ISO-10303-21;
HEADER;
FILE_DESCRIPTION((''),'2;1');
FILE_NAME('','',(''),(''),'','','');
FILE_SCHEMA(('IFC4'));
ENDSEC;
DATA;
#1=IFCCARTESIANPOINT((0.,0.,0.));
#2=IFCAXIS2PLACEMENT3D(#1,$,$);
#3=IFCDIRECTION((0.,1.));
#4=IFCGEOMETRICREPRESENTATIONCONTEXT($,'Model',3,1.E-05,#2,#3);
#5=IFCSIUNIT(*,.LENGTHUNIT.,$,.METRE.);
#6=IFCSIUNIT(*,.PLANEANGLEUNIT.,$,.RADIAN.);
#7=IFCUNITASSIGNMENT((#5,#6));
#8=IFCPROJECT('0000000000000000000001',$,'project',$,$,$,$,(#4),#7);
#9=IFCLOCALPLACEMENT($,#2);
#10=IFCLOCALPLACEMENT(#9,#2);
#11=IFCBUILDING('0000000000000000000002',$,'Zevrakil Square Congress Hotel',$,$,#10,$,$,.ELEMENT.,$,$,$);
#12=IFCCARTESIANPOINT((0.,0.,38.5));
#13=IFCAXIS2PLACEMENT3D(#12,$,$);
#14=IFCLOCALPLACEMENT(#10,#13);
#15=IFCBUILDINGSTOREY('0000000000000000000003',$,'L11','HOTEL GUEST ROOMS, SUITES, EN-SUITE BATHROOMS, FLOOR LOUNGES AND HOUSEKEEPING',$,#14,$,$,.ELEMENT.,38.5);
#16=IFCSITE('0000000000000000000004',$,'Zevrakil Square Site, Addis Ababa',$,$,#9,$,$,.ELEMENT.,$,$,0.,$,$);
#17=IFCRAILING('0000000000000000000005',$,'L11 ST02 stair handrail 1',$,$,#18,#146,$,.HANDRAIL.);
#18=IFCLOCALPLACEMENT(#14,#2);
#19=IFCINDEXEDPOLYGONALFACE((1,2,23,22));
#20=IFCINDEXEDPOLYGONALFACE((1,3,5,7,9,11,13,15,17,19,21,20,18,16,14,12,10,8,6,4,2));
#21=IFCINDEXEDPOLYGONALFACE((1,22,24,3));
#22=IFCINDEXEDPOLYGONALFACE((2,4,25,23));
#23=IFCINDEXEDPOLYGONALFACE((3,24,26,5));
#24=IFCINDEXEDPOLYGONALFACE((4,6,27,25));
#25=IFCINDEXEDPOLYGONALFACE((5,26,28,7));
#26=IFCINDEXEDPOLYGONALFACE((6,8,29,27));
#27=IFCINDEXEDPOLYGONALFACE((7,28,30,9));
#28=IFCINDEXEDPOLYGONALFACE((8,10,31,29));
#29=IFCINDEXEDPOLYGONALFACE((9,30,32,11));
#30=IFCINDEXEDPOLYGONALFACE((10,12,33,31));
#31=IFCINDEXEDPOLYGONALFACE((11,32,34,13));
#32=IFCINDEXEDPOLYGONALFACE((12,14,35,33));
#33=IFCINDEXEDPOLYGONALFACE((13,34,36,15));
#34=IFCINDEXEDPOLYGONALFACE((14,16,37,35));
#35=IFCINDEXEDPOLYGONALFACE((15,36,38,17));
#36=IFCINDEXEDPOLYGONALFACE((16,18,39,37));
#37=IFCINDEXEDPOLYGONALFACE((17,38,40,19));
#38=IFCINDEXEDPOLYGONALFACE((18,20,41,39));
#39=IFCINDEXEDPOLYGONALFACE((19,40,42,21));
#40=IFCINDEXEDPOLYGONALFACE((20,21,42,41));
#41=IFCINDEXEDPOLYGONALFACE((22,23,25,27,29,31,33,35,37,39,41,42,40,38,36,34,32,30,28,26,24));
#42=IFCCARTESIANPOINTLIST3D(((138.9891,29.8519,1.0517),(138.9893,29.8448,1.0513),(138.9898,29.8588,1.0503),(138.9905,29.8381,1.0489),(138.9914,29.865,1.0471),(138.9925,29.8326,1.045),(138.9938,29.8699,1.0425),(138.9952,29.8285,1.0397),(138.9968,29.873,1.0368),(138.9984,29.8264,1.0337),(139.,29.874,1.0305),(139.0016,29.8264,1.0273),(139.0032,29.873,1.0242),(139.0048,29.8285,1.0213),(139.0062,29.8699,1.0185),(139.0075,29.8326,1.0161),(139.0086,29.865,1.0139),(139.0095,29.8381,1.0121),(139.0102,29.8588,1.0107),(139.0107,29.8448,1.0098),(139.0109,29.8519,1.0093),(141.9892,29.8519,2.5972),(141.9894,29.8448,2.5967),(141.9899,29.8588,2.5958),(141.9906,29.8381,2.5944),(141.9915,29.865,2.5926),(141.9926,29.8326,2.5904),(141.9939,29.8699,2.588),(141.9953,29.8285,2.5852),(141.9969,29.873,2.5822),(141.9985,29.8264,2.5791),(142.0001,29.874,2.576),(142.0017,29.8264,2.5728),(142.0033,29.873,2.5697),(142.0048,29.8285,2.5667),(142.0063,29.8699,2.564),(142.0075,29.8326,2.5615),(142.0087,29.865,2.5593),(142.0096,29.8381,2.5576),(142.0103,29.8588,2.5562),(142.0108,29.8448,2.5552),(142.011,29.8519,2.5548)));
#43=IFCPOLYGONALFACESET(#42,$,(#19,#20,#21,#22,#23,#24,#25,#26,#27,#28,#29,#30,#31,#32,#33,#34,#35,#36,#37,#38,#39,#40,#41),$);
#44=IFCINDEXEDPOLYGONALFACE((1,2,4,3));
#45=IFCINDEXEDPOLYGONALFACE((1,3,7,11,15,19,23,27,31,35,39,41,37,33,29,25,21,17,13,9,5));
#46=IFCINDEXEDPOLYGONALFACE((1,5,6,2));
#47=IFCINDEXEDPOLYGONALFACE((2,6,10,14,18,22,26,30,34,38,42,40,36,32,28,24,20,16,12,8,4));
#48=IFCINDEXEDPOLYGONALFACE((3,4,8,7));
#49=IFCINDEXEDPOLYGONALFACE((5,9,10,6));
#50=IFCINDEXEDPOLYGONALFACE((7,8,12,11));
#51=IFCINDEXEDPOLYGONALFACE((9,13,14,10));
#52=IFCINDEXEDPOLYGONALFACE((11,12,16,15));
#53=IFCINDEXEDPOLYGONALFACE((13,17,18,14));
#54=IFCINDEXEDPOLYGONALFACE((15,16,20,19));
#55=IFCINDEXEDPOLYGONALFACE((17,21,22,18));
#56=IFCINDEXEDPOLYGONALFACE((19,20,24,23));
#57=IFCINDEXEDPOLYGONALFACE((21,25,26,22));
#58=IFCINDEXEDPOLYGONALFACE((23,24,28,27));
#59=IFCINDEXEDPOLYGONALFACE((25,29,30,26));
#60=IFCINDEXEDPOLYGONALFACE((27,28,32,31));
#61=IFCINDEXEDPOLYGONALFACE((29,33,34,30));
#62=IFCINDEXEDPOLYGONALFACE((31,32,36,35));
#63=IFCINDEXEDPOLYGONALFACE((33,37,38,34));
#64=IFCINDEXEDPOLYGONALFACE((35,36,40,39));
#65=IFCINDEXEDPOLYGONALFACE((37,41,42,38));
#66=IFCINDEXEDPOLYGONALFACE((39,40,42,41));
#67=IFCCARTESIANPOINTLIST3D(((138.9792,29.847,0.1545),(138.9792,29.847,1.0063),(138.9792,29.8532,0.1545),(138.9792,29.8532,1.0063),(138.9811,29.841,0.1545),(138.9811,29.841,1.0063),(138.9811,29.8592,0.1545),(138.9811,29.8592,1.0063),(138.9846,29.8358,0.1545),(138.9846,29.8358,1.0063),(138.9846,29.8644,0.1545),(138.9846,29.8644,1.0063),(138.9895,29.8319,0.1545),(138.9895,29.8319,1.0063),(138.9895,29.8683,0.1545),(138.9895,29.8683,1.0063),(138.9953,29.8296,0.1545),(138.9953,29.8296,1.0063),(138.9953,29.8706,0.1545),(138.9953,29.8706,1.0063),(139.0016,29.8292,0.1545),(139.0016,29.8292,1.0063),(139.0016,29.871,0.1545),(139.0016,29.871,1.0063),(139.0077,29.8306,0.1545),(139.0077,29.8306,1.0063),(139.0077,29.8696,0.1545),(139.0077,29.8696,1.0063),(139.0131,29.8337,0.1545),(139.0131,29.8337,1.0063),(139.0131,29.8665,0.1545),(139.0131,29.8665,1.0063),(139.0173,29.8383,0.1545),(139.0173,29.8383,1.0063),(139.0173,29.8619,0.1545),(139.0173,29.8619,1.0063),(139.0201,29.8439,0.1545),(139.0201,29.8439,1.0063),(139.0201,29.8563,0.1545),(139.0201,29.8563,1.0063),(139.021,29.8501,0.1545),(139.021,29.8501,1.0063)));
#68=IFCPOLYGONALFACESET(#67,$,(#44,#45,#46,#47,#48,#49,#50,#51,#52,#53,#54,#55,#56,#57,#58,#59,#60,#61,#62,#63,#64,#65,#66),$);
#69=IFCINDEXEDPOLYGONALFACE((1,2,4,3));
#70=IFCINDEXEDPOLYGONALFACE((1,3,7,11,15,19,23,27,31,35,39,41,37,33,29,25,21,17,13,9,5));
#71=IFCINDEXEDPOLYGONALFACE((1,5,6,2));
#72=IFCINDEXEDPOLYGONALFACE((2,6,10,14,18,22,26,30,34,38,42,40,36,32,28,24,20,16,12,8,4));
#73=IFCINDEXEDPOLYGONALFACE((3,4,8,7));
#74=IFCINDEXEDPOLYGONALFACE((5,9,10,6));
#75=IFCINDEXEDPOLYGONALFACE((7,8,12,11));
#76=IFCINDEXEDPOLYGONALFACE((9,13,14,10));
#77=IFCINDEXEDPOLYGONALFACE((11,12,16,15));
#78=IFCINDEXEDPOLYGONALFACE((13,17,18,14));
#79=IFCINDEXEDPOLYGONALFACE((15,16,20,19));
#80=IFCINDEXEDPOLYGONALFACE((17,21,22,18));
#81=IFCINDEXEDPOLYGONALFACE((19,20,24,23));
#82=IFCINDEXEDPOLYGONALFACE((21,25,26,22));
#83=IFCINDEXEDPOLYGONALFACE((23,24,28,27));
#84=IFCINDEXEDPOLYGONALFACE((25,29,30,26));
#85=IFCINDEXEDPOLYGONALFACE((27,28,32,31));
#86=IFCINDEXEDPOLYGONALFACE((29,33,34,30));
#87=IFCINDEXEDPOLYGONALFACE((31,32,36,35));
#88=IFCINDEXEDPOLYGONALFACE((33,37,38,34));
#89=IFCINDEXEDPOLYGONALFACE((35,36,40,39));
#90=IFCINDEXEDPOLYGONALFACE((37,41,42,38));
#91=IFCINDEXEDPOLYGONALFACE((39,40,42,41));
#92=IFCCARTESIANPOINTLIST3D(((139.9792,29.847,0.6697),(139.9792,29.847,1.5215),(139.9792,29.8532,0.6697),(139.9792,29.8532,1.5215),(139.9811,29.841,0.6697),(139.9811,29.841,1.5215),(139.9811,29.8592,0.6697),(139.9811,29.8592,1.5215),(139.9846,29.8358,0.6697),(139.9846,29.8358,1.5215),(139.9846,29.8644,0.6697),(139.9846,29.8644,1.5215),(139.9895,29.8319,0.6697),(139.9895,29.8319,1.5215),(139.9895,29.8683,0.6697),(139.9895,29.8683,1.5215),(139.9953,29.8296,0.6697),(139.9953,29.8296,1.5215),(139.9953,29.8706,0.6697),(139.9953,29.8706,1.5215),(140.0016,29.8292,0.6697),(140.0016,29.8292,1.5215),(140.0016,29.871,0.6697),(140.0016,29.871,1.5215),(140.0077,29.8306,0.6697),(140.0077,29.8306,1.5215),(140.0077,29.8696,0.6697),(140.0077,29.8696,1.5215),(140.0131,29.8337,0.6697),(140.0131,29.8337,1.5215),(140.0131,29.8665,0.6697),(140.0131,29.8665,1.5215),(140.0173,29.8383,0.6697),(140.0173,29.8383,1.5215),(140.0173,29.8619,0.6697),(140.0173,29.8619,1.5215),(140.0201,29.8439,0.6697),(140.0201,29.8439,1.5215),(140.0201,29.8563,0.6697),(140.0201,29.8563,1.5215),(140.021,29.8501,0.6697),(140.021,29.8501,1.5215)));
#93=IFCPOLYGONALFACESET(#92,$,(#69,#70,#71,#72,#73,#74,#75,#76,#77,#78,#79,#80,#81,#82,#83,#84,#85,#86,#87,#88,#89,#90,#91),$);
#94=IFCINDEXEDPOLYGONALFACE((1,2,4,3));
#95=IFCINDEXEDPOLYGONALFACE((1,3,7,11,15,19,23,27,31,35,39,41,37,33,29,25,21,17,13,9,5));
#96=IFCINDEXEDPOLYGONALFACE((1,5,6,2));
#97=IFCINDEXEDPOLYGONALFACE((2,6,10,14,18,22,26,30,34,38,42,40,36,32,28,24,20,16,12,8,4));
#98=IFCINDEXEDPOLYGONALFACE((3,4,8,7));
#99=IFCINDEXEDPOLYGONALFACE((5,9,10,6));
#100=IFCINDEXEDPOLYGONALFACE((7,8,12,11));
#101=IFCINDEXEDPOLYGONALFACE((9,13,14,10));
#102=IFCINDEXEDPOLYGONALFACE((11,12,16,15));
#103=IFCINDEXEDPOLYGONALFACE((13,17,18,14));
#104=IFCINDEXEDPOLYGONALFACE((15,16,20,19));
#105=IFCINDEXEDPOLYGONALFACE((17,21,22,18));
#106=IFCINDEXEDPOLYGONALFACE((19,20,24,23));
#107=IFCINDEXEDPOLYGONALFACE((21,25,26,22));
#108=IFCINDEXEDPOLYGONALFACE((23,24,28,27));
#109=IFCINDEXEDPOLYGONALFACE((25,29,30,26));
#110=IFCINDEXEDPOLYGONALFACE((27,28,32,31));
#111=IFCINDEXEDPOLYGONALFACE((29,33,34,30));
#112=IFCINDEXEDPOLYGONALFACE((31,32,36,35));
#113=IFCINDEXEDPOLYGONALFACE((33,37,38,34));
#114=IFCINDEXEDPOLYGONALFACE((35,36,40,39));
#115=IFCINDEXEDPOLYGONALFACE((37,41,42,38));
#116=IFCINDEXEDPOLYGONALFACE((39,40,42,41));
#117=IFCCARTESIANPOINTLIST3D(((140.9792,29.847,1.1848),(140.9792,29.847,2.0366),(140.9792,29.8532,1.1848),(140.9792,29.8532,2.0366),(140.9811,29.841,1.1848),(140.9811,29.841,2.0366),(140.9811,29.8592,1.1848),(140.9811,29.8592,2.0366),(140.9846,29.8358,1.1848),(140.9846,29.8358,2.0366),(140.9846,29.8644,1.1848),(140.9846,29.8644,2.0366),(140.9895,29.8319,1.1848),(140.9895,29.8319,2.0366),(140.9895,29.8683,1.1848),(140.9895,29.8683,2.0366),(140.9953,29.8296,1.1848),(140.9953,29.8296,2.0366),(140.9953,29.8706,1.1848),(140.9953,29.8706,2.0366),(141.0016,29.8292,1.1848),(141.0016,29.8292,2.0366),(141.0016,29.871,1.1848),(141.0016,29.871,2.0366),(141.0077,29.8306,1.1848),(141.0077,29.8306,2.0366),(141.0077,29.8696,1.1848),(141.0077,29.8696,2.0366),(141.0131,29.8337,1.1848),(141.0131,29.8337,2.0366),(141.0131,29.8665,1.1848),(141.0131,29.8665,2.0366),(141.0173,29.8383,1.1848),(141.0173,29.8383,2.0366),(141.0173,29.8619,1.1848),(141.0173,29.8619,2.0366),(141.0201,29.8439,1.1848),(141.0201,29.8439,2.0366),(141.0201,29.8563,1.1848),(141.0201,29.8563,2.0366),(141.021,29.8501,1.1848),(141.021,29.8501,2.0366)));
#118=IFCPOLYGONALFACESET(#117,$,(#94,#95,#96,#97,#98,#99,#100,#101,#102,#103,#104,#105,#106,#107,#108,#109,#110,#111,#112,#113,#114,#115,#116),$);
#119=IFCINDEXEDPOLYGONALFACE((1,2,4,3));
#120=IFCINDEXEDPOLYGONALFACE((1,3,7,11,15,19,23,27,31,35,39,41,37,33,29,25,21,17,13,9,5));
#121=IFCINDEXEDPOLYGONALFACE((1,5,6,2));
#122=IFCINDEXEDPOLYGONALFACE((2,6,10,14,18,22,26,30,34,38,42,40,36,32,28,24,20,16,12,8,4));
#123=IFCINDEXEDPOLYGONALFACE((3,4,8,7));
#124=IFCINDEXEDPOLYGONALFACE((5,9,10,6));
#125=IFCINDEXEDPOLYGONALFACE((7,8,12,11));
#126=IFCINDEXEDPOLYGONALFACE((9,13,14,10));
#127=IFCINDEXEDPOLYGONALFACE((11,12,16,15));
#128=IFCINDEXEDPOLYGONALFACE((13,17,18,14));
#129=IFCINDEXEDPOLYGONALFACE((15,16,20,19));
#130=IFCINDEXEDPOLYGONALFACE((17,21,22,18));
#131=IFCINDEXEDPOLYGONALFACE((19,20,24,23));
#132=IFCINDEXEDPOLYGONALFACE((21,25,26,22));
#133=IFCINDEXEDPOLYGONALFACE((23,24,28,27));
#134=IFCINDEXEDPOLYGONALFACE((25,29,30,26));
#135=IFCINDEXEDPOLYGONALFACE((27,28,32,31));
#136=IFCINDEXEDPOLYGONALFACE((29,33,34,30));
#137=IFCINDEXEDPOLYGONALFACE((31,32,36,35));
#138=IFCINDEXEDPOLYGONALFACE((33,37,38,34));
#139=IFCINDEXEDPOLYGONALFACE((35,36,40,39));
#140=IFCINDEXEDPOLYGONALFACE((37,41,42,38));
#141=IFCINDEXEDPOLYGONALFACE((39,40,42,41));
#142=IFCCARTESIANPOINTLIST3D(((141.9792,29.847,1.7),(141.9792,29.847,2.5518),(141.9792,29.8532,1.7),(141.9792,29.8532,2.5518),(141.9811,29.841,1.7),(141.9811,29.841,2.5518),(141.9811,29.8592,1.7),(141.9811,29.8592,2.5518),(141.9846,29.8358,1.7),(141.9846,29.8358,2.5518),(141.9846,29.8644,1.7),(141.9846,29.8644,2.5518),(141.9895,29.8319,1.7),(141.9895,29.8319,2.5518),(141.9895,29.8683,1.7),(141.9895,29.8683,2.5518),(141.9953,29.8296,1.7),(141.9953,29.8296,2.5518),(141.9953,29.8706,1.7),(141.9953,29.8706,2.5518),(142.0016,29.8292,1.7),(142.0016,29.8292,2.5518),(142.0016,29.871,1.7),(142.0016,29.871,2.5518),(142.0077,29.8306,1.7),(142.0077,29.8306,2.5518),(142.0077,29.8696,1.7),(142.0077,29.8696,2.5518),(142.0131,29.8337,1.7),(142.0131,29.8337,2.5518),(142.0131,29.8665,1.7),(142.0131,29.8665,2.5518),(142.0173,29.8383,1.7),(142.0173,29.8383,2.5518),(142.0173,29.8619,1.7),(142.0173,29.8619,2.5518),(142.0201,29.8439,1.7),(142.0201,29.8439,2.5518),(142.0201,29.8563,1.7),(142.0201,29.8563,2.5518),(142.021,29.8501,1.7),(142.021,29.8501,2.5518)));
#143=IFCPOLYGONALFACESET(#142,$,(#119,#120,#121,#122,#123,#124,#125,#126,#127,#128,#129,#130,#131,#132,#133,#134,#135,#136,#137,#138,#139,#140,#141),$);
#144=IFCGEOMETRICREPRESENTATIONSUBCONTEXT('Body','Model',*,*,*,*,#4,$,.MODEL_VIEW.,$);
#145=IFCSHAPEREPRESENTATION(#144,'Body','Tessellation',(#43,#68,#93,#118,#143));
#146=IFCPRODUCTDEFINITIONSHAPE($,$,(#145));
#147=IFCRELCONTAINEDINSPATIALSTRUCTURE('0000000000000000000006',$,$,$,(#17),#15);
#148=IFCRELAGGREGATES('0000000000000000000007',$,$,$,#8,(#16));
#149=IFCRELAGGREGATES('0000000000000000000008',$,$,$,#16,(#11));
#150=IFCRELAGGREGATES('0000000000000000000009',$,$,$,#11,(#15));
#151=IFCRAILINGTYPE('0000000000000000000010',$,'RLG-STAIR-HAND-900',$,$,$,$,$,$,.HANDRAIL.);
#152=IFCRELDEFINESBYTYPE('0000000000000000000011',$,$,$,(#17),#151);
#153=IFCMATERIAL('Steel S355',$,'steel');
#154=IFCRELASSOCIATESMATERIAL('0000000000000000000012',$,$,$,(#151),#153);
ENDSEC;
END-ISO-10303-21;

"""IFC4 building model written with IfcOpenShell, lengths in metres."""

from ifc_helpers import new_model, si_unit, direction, frame, origin, origin_2d, place, context, subcontext, project, spatial, circle, extrude, material, type_object, element, save


model = new_model("IFC4")

# Units and contexts
model_context = context("Model", 3, precision=1e-05, world=origin(), true_north=direction((0.0, 1.0)))
body_context = subcontext(model_context, "Body", "Model", "MODEL_VIEW")
ifc_project = project(units=[si_unit("LENGTHUNIT", "METRE"), si_unit("PLANEANGLEUNIT", "RADIAN")], contexts=[model_context])

# Site, building, storey
site_placement = place(None, origin())
site = spatial("IfcSite", under=ifc_project, at=site_placement, Name="Zevrakil Square Site, Addis Ababa", CompositionType="ELEMENT", RefElevation=0.0)
building_placement = place(site_placement, origin())
building = spatial("IfcBuilding", under=site, at=building_placement, Name="Zevrakil Square Congress Hotel", CompositionType="ELEMENT")
storey_placement = place(building_placement, frame((0.0, 0.0, 38.5)))
storey = spatial("IfcBuildingStorey", under=building, at=storey_placement, Name="L11", Description="HOTEL GUEST ROOMS, SUITES, EN-SUITE BATHROOMS, FLOOR LOUNGES AND HOUSEKEEPING", CompositionType="ELEMENT", Elevation=38.5)

# Railing
ifc_material_1 = material(Name="Steel S355", Category="steel")
railing_type_1 = type_object("IfcRailingType", Name="RLG-STAIR-HAND-900", PredefinedType="HANDRAIL", material=ifc_material_1)
railing_1_placement = place(storey_placement, frame((139.0, 29.8501, 0.1545)))
element("IfcRailing", 1, at=railing_1_placement, inside=storey, type_object=railing_type_1, Name="L11 ST02 stair handrail 1", PredefinedType="HANDRAIL", context=body_context, shape_type="SweptSolid", body=[
    extrude(circle(Radius=0.0239, at=origin_2d()), frame((0.0, 0.0, 0.876), z_axis=(0.88898, 0.0, 0.457946), x_axis=(0.0, 1.0, 0.0)), (0.0, 0.0, 1.0), 3.3748),
    extrude(circle(Radius=0.021, at=origin_2d()), origin(), (0.0, 0.0, 1.0), 0.8518),
    extrude(circle(Radius=0.021, at=origin_2d()), frame((1.0, 0.0, 0.5151)), (0.0, 0.0, 1.0), 0.8518),
    extrude(circle(Radius=0.021, at=origin_2d()), frame((2.0, 0.0, 1.0303)), (0.0, 0.0, 1.0), 0.8518),
    extrude(circle(Radius=0.021, at=origin_2d()), frame((3.0, 0.0, 1.5454)), (0.0, 0.0, 1.0), 0.8518),
])

save(model, "model.ifc")
